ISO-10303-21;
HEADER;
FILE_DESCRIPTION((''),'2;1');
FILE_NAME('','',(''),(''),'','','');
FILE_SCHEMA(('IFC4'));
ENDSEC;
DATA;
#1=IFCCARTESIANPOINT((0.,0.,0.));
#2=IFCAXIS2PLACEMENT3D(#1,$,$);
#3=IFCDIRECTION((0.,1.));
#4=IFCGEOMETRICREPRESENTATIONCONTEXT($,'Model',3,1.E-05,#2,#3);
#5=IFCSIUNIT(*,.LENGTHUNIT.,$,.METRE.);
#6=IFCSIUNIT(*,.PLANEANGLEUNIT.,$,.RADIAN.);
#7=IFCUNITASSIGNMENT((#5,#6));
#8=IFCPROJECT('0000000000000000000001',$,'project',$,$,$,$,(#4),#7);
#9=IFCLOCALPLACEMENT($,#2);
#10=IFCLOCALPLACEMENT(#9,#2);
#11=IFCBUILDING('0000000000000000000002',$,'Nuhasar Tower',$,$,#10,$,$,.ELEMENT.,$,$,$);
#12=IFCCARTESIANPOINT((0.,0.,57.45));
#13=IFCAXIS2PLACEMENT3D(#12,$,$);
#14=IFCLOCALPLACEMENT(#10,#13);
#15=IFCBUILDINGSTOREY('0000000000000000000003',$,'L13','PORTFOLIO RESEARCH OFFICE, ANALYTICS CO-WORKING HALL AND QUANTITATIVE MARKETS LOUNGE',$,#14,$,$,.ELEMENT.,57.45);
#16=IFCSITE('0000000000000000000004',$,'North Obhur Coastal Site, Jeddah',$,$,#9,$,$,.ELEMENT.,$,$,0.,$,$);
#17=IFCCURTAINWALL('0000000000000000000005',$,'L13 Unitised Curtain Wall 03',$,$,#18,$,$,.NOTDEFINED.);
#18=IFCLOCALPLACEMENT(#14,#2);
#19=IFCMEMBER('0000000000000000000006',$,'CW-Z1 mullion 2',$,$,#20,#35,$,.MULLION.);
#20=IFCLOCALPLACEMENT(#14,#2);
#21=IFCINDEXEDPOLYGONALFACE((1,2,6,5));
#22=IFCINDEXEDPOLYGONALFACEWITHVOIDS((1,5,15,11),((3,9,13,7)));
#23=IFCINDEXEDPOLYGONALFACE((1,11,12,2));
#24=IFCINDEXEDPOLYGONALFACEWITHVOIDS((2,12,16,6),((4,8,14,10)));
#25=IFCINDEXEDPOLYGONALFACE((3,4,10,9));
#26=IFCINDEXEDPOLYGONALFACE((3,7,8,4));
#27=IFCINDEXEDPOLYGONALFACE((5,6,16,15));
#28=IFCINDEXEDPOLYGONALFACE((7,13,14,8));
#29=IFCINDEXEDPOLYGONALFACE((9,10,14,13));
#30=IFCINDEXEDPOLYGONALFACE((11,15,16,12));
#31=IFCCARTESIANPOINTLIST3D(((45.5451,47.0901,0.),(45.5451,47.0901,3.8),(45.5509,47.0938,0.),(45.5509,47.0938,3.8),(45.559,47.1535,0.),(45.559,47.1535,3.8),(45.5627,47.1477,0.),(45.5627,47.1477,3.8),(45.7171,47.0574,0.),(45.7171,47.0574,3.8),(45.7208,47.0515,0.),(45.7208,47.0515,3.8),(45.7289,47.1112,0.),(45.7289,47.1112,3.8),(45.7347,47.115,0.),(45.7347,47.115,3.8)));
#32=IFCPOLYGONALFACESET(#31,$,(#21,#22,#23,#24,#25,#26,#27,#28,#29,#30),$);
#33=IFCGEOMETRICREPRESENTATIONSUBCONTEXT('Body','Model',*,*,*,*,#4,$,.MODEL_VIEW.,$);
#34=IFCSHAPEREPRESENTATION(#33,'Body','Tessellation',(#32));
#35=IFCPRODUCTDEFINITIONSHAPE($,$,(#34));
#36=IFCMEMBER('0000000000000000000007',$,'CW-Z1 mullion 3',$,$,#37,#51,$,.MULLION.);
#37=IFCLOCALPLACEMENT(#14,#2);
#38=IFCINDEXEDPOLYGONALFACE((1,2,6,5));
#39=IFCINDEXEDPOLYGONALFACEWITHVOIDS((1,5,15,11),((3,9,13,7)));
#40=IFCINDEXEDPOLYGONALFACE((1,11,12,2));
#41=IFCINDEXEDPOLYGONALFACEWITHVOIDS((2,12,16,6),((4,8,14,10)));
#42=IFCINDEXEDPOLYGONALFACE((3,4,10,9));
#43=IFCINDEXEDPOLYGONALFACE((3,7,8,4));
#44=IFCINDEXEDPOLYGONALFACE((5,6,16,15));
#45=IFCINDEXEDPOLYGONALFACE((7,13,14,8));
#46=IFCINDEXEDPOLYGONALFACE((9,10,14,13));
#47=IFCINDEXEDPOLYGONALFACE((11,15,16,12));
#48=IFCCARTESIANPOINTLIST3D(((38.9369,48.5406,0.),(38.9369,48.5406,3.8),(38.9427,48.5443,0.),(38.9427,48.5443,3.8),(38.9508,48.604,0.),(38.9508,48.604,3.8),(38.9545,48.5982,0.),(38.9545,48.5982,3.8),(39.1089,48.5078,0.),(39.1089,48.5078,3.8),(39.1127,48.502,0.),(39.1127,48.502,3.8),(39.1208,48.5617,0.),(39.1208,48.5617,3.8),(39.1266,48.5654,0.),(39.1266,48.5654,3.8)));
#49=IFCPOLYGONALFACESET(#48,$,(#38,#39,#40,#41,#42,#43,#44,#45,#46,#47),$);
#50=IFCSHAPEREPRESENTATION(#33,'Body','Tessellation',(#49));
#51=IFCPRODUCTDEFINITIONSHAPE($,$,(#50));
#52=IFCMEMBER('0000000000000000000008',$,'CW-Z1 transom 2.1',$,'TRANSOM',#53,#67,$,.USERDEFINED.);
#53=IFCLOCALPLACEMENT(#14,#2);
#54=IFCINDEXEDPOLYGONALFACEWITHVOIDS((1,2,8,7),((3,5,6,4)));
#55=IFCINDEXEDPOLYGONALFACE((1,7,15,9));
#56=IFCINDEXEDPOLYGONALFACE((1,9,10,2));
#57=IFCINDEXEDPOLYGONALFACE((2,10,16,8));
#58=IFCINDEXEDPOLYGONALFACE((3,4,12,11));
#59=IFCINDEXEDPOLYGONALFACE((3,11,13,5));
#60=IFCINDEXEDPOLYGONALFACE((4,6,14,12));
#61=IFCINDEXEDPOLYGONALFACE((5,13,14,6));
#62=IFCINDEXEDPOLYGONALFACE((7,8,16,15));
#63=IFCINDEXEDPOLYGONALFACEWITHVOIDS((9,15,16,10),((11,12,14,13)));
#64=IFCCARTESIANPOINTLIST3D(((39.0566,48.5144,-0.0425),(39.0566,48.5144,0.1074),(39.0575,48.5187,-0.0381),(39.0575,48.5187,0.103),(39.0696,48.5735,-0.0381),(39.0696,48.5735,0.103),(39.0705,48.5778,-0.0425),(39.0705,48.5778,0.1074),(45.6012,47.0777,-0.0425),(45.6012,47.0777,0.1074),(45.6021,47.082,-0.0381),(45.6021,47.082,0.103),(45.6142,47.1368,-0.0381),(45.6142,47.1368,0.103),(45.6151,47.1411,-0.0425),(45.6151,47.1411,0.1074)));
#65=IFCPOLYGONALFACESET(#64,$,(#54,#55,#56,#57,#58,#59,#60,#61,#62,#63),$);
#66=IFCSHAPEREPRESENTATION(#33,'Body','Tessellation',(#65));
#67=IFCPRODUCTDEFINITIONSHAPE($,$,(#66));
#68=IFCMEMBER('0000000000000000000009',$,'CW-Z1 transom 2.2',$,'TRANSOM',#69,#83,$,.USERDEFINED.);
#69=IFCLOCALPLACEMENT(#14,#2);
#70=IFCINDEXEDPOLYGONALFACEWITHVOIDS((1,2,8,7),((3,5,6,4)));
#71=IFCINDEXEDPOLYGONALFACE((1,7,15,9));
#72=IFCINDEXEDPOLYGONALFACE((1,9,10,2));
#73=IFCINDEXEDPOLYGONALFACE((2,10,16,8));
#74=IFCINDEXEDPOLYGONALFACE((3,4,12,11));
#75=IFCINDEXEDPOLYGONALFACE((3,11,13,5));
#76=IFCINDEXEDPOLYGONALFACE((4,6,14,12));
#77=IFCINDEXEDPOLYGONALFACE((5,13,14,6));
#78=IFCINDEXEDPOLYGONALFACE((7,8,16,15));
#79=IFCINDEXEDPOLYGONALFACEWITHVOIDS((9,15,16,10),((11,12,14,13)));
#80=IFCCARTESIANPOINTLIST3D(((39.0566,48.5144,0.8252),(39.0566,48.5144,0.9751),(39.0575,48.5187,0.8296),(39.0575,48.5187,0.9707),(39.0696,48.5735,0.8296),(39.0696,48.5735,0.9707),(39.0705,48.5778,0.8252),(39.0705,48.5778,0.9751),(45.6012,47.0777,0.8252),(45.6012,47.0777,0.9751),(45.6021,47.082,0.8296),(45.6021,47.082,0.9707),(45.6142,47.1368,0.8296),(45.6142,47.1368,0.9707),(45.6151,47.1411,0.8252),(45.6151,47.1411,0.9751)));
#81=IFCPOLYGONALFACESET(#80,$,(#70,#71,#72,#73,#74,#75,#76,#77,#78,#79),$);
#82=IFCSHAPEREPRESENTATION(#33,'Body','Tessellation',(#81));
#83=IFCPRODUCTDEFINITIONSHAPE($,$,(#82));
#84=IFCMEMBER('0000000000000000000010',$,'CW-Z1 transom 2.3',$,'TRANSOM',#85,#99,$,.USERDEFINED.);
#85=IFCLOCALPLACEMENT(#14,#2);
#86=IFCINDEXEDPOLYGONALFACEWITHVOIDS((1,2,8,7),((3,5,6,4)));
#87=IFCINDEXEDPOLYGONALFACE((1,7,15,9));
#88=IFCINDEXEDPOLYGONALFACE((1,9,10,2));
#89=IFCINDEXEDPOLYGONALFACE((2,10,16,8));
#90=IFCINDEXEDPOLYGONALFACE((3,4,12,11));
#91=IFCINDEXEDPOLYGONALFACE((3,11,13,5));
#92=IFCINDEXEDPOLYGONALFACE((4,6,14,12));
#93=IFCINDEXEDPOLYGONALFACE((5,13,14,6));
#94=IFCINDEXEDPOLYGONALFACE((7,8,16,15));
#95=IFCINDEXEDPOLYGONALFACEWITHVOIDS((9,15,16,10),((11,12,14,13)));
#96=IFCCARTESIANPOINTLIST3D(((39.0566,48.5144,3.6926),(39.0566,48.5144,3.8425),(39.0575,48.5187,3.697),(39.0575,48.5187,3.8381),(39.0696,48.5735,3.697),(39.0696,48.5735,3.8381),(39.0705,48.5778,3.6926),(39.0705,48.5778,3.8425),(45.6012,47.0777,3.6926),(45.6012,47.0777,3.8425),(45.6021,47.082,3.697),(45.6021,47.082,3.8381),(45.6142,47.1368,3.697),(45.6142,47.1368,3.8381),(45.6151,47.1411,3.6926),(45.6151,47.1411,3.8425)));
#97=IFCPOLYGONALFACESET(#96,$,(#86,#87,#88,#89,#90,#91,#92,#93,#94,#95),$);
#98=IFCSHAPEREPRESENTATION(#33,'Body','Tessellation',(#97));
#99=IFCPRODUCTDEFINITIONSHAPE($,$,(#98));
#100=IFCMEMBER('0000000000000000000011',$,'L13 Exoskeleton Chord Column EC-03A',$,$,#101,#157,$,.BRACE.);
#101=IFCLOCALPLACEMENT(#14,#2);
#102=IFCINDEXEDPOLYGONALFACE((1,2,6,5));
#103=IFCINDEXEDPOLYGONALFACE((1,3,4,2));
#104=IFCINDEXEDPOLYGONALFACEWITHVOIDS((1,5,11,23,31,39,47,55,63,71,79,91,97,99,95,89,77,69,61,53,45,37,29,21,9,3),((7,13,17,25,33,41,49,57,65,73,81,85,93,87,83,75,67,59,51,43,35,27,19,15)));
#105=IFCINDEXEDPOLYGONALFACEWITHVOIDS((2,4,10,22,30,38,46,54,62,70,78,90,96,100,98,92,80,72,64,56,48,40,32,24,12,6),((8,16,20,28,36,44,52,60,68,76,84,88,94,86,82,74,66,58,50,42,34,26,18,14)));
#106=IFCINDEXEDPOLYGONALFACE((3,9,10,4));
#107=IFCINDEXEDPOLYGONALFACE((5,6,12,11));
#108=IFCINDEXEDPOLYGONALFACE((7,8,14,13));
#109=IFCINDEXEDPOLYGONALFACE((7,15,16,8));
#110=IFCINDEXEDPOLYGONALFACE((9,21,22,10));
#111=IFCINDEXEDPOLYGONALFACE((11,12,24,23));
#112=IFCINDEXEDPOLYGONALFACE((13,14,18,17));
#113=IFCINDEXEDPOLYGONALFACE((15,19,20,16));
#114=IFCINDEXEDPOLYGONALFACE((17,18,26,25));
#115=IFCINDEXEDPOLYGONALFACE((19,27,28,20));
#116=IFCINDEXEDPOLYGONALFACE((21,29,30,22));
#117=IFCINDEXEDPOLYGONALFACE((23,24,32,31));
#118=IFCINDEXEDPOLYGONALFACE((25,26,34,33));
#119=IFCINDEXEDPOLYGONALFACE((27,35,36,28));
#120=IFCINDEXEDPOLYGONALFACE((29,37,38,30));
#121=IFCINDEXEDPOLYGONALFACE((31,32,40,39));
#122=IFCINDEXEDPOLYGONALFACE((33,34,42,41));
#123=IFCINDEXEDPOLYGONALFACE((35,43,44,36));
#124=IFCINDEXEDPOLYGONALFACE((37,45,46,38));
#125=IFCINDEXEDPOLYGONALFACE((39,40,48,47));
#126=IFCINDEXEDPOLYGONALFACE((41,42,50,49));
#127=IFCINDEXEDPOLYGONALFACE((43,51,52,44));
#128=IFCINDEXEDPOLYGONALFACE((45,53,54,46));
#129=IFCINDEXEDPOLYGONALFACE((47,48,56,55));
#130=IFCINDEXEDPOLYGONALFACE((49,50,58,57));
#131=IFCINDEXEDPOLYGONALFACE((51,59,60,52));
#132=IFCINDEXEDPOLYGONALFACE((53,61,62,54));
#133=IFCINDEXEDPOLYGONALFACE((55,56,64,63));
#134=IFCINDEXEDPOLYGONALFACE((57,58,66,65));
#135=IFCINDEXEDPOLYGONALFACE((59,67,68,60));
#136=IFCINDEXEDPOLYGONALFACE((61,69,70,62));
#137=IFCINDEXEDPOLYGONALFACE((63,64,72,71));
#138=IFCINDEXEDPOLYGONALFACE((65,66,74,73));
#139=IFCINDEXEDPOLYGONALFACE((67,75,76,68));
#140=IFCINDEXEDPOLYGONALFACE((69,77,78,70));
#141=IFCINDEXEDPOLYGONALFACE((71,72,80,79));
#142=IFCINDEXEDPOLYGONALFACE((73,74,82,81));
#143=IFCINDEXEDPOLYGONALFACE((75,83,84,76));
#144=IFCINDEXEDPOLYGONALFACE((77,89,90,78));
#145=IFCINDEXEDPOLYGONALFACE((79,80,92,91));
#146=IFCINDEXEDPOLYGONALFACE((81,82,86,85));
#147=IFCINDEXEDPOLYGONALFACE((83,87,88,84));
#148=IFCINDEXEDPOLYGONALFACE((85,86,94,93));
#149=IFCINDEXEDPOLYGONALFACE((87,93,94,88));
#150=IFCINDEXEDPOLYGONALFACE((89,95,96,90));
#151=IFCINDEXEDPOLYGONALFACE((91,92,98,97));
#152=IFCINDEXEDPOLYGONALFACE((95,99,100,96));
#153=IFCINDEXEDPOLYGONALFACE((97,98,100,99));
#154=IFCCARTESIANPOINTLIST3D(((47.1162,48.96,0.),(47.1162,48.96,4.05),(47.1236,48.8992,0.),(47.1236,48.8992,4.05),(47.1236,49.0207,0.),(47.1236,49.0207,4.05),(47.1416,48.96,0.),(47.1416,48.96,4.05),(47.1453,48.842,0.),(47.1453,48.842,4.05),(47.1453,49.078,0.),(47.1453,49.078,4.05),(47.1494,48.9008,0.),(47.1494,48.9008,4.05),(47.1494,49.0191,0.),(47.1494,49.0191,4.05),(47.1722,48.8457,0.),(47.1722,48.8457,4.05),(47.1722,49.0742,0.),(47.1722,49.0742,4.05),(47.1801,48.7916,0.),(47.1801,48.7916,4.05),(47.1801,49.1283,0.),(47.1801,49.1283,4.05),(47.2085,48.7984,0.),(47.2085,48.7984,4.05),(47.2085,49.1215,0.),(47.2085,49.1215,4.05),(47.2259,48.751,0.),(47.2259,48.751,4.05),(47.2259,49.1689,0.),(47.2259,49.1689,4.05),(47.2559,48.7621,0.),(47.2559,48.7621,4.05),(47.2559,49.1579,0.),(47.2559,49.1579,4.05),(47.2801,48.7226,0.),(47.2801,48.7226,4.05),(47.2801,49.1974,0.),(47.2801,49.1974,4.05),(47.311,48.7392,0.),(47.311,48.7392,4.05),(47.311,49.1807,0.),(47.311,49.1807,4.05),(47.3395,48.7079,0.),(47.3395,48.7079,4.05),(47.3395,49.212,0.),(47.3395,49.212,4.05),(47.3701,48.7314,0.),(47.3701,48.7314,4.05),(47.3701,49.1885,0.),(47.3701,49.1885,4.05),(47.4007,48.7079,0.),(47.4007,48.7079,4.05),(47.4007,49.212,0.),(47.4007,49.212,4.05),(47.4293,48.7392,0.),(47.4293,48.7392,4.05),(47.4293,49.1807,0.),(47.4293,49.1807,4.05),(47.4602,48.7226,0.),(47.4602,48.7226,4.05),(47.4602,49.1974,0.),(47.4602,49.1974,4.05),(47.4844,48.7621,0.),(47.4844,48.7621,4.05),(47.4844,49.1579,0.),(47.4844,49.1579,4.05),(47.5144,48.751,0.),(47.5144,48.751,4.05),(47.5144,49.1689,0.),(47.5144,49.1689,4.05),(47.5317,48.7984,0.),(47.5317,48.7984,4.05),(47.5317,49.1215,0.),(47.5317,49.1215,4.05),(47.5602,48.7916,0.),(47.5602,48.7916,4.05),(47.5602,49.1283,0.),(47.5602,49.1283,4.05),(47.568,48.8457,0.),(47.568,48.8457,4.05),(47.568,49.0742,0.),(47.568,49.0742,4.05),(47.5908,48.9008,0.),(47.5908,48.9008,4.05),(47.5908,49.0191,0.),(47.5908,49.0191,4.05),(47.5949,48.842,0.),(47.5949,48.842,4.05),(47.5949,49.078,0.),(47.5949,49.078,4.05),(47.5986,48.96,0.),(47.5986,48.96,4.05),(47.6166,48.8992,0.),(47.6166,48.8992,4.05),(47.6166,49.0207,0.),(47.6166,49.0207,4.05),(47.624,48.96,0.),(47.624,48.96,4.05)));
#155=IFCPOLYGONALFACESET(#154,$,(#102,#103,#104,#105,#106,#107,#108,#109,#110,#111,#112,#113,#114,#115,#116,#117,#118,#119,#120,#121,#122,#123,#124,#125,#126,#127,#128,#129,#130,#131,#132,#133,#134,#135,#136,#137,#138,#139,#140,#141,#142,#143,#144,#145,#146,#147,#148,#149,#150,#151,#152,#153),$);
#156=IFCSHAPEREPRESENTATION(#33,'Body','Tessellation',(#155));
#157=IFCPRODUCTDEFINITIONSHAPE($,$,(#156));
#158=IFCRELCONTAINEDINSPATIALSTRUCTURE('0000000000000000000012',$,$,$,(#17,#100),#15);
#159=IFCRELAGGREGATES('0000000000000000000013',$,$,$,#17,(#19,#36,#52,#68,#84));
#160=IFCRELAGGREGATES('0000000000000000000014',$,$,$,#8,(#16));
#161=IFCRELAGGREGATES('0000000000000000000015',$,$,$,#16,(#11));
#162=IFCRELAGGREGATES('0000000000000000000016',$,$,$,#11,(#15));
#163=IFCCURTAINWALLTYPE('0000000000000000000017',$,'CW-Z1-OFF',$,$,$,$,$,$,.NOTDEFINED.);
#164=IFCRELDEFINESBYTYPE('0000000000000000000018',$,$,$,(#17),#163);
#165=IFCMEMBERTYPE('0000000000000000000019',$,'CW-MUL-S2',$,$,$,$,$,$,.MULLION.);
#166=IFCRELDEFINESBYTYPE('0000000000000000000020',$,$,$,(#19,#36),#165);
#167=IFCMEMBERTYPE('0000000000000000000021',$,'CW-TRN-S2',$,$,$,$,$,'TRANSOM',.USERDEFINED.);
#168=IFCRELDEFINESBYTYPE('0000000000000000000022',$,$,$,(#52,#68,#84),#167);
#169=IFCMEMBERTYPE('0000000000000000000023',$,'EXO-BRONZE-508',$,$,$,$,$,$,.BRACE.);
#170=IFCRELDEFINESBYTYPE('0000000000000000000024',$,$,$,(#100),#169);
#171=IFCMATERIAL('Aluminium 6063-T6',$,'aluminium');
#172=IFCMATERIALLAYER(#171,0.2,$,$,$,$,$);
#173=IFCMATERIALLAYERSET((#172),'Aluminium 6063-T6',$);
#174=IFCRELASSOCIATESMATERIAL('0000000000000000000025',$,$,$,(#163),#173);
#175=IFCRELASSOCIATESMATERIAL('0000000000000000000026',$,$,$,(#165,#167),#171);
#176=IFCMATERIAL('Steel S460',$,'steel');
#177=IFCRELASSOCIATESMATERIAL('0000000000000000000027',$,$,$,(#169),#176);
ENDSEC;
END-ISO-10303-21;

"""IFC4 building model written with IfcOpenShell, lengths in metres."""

from ifc_helpers import new_model, si_unit, direction, frame, origin, origin_2d, place, context, subcontext, project, spatial, hollow_rectangle, hollow_circle, extrude, material, layer, layer_set, material_profile, profile_set, type_object, element, aggregate, save


model = new_model("IFC4")

# Units and contexts
model_context = context("Model", 3, precision=1e-05, world=origin(), true_north=direction((0.0, 1.0)))
body_context = subcontext(model_context, "Body", "Model", "MODEL_VIEW")
ifc_project = project(units=[si_unit("LENGTHUNIT", "METRE"), si_unit("PLANEANGLEUNIT", "RADIAN")], contexts=[model_context])

# Site, building, storey
site_placement = place(None, origin())
site = spatial("IfcSite", under=ifc_project, at=site_placement, Name="North Obhur Coastal Site, Jeddah", CompositionType="ELEMENT", RefElevation=0.0)
building_placement = place(site_placement, origin())
building = spatial("IfcBuilding", under=site, at=building_placement, Name="Nuhasar Tower", CompositionType="ELEMENT")
storey_placement = place(building_placement, frame((0.0, 0.0, 57.45)))
storey = spatial("IfcBuildingStorey", under=building, at=storey_placement, Name="L13", Description="PORTFOLIO RESEARCH OFFICE, ANALYTICS CO-WORKING HALL AND QUANTITATIVE MARKETS LOUNGE", CompositionType="ELEMENT", Elevation=57.45)

# Curtain wall, members
ifc_material_1 = material(Name="Aluminium 6063-T6", Category="aluminium")
ifc_layer_1 = layer(ifc_material_1, 0.2)
ifc_layer_set_1 = layer_set([ifc_layer_1], Name="Aluminium 6063-T6")
curtain_wall_type = type_object("IfcCurtainWallType", Name="CW-Z1-OFF", PredefinedType="NOTDEFINED", material=ifc_layer_set_1)
curtain_wall_placement = place(storey_placement, origin())
curtain_wall = element("IfcCurtainWall", 1, at=curtain_wall_placement, inside=storey, type_object=curtain_wall_type, Name="L13 Unitised Curtain Wall 03", PredefinedType="NOTDEFINED")
ifc_material_profile_1 = material_profile(ifc_material_1, hollow_rectangle(XDim=0.0649, YDim=0.1799, WallThickness=0.0049, at=origin_2d()), Name="CWM-2")
ifc_profile_set_1 = profile_set([ifc_material_profile_1], Name="Aluminium 6063-T6")
member_type_1 = type_object("IfcMemberType", Name="CW-MUL-S2", PredefinedType="MULLION", material=ifc_profile_set_1)
member_1_placement = place(storey_placement, frame((45.6399, 47.1025, 0.0), z_axis=(0.0, 0.0, 1.0), x_axis=(-0.214399, -0.976746, 0.0)))
member_1 = element("IfcMember", 2, at=member_1_placement, type_object=member_type_1, Name="CW-Z1 mullion 2", PredefinedType="MULLION", context=body_context, shape_type="SweptSolid", body=[
    extrude(hollow_rectangle(XDim=0.0649, YDim=0.1799, WallThickness=0.0049, at=origin_2d()), origin(), (0.0, 0.0, 1.0), 3.8),
])
member_2_placement = place(storey_placement, frame((39.0317, 48.553, 0.0), z_axis=(0.0, 0.0, 1.0), x_axis=(-0.214399, -0.976746, 0.0)))
member_2 = element("IfcMember", 3, at=member_2_placement, type_object=member_type_1, Name="CW-Z1 mullion 3", PredefinedType="MULLION", context=body_context, shape_type="SweptSolid", body=[
    extrude(hollow_rectangle(XDim=0.0649, YDim=0.1799, WallThickness=0.0049, at=origin_2d()), origin(), (0.0, 0.0, 1.0), 3.8),
])
ifc_material_profile_2 = material_profile(ifc_material_1, hollow_rectangle(XDim=0.0649, YDim=0.1499, WallThickness=0.0044, at=origin_2d()), Name="CWT-2")
ifc_profile_set_2 = profile_set([ifc_material_profile_2], Name="Aluminium 6063-T6")
member_type_2 = type_object("IfcMemberType", Name="CW-TRN-S2", ElementType="TRANSOM", PredefinedType="USERDEFINED", material=ifc_profile_set_2)
member_3_placement = place(storey_placement, frame((45.6082, 47.1094, 0.0325), z_axis=(-0.97674, 0.214426, 0.0), x_axis=(-0.214426, -0.97674, 0.0)))
member_3 = element("IfcMember", 4, at=member_3_placement, type_object=member_type_2, Name="CW-Z1 transom 2.1", ObjectType="TRANSOM", PredefinedType="USERDEFINED", context=body_context, shape_type="SweptSolid", body=[
    extrude(hollow_rectangle(XDim=0.0649, YDim=0.1499, WallThickness=0.0044, at=origin_2d()), origin(), (0.0, 0.0, 1.0), 6.7004),
])
member_4_placement = place(storey_placement, frame((45.6082, 47.1094, 0.9001), z_axis=(-0.97674, 0.214426, 0.0), x_axis=(-0.214426, -0.97674, 0.0)))
member_4 = element("IfcMember", 5, at=member_4_placement, type_object=member_type_2, Name="CW-Z1 transom 2.2", ObjectType="TRANSOM", PredefinedType="USERDEFINED", context=body_context, shape_type="SweptSolid", body=[
    extrude(hollow_rectangle(XDim=0.0649, YDim=0.1499, WallThickness=0.0044, at=origin_2d()), origin(), (0.0, 0.0, 1.0), 6.7004),
])
member_5_placement = place(storey_placement, frame((45.6082, 47.1094, 3.7676), z_axis=(-0.97674, 0.214426, 0.0), x_axis=(-0.214426, -0.97674, 0.0)))
member_5 = element("IfcMember", 6, at=member_5_placement, type_object=member_type_2, Name="CW-Z1 transom 2.3", ObjectType="TRANSOM", PredefinedType="USERDEFINED", context=body_context, shape_type="SweptSolid", body=[
    extrude(hollow_rectangle(XDim=0.0649, YDim=0.1499, WallThickness=0.0044, at=origin_2d()), origin(), (0.0, 0.0, 1.0), 6.7004),
])

# Member
ifc_material_2 = material(Name="Steel S460", Category="steel")
ifc_material_profile_3 = material_profile(ifc_material_2, hollow_circle(Radius=0.2539, WallThickness=0.0254, at=origin_2d()), Name="HSS508X25.4")
ifc_profile_set_3 = profile_set([ifc_material_profile_3], Name="Steel S460")
member_type_3 = type_object("IfcMemberType", Name="EXO-BRONZE-508", PredefinedType="BRACE", material=ifc_profile_set_3)
for number, where, z_axis, x_axis, name in (
    (7, (47.3701, 48.96, 0.0), (0.0, 0.0, 1.0), (1.0, 0.0, 0.0), "L13 Exoskeleton Chord Column EC-03A"),
):
    element("IfcMember", number, at=place(storey_placement, frame(where, z_axis=z_axis, x_axis=x_axis)), inside=storey, type_object=member_type_3, Name=name, PredefinedType="BRACE", context=body_context, shape_type="SweptSolid", body=[
        extrude(hollow_circle(Radius=0.2539, WallThickness=0.0254, at=origin_2d()), origin(), (0.0, 0.0, 1.0), 4.05),
    ])

aggregate(curtain_wall, [member_1, member_2, member_3, member_4, member_5])

save(model, "model.ifc")
